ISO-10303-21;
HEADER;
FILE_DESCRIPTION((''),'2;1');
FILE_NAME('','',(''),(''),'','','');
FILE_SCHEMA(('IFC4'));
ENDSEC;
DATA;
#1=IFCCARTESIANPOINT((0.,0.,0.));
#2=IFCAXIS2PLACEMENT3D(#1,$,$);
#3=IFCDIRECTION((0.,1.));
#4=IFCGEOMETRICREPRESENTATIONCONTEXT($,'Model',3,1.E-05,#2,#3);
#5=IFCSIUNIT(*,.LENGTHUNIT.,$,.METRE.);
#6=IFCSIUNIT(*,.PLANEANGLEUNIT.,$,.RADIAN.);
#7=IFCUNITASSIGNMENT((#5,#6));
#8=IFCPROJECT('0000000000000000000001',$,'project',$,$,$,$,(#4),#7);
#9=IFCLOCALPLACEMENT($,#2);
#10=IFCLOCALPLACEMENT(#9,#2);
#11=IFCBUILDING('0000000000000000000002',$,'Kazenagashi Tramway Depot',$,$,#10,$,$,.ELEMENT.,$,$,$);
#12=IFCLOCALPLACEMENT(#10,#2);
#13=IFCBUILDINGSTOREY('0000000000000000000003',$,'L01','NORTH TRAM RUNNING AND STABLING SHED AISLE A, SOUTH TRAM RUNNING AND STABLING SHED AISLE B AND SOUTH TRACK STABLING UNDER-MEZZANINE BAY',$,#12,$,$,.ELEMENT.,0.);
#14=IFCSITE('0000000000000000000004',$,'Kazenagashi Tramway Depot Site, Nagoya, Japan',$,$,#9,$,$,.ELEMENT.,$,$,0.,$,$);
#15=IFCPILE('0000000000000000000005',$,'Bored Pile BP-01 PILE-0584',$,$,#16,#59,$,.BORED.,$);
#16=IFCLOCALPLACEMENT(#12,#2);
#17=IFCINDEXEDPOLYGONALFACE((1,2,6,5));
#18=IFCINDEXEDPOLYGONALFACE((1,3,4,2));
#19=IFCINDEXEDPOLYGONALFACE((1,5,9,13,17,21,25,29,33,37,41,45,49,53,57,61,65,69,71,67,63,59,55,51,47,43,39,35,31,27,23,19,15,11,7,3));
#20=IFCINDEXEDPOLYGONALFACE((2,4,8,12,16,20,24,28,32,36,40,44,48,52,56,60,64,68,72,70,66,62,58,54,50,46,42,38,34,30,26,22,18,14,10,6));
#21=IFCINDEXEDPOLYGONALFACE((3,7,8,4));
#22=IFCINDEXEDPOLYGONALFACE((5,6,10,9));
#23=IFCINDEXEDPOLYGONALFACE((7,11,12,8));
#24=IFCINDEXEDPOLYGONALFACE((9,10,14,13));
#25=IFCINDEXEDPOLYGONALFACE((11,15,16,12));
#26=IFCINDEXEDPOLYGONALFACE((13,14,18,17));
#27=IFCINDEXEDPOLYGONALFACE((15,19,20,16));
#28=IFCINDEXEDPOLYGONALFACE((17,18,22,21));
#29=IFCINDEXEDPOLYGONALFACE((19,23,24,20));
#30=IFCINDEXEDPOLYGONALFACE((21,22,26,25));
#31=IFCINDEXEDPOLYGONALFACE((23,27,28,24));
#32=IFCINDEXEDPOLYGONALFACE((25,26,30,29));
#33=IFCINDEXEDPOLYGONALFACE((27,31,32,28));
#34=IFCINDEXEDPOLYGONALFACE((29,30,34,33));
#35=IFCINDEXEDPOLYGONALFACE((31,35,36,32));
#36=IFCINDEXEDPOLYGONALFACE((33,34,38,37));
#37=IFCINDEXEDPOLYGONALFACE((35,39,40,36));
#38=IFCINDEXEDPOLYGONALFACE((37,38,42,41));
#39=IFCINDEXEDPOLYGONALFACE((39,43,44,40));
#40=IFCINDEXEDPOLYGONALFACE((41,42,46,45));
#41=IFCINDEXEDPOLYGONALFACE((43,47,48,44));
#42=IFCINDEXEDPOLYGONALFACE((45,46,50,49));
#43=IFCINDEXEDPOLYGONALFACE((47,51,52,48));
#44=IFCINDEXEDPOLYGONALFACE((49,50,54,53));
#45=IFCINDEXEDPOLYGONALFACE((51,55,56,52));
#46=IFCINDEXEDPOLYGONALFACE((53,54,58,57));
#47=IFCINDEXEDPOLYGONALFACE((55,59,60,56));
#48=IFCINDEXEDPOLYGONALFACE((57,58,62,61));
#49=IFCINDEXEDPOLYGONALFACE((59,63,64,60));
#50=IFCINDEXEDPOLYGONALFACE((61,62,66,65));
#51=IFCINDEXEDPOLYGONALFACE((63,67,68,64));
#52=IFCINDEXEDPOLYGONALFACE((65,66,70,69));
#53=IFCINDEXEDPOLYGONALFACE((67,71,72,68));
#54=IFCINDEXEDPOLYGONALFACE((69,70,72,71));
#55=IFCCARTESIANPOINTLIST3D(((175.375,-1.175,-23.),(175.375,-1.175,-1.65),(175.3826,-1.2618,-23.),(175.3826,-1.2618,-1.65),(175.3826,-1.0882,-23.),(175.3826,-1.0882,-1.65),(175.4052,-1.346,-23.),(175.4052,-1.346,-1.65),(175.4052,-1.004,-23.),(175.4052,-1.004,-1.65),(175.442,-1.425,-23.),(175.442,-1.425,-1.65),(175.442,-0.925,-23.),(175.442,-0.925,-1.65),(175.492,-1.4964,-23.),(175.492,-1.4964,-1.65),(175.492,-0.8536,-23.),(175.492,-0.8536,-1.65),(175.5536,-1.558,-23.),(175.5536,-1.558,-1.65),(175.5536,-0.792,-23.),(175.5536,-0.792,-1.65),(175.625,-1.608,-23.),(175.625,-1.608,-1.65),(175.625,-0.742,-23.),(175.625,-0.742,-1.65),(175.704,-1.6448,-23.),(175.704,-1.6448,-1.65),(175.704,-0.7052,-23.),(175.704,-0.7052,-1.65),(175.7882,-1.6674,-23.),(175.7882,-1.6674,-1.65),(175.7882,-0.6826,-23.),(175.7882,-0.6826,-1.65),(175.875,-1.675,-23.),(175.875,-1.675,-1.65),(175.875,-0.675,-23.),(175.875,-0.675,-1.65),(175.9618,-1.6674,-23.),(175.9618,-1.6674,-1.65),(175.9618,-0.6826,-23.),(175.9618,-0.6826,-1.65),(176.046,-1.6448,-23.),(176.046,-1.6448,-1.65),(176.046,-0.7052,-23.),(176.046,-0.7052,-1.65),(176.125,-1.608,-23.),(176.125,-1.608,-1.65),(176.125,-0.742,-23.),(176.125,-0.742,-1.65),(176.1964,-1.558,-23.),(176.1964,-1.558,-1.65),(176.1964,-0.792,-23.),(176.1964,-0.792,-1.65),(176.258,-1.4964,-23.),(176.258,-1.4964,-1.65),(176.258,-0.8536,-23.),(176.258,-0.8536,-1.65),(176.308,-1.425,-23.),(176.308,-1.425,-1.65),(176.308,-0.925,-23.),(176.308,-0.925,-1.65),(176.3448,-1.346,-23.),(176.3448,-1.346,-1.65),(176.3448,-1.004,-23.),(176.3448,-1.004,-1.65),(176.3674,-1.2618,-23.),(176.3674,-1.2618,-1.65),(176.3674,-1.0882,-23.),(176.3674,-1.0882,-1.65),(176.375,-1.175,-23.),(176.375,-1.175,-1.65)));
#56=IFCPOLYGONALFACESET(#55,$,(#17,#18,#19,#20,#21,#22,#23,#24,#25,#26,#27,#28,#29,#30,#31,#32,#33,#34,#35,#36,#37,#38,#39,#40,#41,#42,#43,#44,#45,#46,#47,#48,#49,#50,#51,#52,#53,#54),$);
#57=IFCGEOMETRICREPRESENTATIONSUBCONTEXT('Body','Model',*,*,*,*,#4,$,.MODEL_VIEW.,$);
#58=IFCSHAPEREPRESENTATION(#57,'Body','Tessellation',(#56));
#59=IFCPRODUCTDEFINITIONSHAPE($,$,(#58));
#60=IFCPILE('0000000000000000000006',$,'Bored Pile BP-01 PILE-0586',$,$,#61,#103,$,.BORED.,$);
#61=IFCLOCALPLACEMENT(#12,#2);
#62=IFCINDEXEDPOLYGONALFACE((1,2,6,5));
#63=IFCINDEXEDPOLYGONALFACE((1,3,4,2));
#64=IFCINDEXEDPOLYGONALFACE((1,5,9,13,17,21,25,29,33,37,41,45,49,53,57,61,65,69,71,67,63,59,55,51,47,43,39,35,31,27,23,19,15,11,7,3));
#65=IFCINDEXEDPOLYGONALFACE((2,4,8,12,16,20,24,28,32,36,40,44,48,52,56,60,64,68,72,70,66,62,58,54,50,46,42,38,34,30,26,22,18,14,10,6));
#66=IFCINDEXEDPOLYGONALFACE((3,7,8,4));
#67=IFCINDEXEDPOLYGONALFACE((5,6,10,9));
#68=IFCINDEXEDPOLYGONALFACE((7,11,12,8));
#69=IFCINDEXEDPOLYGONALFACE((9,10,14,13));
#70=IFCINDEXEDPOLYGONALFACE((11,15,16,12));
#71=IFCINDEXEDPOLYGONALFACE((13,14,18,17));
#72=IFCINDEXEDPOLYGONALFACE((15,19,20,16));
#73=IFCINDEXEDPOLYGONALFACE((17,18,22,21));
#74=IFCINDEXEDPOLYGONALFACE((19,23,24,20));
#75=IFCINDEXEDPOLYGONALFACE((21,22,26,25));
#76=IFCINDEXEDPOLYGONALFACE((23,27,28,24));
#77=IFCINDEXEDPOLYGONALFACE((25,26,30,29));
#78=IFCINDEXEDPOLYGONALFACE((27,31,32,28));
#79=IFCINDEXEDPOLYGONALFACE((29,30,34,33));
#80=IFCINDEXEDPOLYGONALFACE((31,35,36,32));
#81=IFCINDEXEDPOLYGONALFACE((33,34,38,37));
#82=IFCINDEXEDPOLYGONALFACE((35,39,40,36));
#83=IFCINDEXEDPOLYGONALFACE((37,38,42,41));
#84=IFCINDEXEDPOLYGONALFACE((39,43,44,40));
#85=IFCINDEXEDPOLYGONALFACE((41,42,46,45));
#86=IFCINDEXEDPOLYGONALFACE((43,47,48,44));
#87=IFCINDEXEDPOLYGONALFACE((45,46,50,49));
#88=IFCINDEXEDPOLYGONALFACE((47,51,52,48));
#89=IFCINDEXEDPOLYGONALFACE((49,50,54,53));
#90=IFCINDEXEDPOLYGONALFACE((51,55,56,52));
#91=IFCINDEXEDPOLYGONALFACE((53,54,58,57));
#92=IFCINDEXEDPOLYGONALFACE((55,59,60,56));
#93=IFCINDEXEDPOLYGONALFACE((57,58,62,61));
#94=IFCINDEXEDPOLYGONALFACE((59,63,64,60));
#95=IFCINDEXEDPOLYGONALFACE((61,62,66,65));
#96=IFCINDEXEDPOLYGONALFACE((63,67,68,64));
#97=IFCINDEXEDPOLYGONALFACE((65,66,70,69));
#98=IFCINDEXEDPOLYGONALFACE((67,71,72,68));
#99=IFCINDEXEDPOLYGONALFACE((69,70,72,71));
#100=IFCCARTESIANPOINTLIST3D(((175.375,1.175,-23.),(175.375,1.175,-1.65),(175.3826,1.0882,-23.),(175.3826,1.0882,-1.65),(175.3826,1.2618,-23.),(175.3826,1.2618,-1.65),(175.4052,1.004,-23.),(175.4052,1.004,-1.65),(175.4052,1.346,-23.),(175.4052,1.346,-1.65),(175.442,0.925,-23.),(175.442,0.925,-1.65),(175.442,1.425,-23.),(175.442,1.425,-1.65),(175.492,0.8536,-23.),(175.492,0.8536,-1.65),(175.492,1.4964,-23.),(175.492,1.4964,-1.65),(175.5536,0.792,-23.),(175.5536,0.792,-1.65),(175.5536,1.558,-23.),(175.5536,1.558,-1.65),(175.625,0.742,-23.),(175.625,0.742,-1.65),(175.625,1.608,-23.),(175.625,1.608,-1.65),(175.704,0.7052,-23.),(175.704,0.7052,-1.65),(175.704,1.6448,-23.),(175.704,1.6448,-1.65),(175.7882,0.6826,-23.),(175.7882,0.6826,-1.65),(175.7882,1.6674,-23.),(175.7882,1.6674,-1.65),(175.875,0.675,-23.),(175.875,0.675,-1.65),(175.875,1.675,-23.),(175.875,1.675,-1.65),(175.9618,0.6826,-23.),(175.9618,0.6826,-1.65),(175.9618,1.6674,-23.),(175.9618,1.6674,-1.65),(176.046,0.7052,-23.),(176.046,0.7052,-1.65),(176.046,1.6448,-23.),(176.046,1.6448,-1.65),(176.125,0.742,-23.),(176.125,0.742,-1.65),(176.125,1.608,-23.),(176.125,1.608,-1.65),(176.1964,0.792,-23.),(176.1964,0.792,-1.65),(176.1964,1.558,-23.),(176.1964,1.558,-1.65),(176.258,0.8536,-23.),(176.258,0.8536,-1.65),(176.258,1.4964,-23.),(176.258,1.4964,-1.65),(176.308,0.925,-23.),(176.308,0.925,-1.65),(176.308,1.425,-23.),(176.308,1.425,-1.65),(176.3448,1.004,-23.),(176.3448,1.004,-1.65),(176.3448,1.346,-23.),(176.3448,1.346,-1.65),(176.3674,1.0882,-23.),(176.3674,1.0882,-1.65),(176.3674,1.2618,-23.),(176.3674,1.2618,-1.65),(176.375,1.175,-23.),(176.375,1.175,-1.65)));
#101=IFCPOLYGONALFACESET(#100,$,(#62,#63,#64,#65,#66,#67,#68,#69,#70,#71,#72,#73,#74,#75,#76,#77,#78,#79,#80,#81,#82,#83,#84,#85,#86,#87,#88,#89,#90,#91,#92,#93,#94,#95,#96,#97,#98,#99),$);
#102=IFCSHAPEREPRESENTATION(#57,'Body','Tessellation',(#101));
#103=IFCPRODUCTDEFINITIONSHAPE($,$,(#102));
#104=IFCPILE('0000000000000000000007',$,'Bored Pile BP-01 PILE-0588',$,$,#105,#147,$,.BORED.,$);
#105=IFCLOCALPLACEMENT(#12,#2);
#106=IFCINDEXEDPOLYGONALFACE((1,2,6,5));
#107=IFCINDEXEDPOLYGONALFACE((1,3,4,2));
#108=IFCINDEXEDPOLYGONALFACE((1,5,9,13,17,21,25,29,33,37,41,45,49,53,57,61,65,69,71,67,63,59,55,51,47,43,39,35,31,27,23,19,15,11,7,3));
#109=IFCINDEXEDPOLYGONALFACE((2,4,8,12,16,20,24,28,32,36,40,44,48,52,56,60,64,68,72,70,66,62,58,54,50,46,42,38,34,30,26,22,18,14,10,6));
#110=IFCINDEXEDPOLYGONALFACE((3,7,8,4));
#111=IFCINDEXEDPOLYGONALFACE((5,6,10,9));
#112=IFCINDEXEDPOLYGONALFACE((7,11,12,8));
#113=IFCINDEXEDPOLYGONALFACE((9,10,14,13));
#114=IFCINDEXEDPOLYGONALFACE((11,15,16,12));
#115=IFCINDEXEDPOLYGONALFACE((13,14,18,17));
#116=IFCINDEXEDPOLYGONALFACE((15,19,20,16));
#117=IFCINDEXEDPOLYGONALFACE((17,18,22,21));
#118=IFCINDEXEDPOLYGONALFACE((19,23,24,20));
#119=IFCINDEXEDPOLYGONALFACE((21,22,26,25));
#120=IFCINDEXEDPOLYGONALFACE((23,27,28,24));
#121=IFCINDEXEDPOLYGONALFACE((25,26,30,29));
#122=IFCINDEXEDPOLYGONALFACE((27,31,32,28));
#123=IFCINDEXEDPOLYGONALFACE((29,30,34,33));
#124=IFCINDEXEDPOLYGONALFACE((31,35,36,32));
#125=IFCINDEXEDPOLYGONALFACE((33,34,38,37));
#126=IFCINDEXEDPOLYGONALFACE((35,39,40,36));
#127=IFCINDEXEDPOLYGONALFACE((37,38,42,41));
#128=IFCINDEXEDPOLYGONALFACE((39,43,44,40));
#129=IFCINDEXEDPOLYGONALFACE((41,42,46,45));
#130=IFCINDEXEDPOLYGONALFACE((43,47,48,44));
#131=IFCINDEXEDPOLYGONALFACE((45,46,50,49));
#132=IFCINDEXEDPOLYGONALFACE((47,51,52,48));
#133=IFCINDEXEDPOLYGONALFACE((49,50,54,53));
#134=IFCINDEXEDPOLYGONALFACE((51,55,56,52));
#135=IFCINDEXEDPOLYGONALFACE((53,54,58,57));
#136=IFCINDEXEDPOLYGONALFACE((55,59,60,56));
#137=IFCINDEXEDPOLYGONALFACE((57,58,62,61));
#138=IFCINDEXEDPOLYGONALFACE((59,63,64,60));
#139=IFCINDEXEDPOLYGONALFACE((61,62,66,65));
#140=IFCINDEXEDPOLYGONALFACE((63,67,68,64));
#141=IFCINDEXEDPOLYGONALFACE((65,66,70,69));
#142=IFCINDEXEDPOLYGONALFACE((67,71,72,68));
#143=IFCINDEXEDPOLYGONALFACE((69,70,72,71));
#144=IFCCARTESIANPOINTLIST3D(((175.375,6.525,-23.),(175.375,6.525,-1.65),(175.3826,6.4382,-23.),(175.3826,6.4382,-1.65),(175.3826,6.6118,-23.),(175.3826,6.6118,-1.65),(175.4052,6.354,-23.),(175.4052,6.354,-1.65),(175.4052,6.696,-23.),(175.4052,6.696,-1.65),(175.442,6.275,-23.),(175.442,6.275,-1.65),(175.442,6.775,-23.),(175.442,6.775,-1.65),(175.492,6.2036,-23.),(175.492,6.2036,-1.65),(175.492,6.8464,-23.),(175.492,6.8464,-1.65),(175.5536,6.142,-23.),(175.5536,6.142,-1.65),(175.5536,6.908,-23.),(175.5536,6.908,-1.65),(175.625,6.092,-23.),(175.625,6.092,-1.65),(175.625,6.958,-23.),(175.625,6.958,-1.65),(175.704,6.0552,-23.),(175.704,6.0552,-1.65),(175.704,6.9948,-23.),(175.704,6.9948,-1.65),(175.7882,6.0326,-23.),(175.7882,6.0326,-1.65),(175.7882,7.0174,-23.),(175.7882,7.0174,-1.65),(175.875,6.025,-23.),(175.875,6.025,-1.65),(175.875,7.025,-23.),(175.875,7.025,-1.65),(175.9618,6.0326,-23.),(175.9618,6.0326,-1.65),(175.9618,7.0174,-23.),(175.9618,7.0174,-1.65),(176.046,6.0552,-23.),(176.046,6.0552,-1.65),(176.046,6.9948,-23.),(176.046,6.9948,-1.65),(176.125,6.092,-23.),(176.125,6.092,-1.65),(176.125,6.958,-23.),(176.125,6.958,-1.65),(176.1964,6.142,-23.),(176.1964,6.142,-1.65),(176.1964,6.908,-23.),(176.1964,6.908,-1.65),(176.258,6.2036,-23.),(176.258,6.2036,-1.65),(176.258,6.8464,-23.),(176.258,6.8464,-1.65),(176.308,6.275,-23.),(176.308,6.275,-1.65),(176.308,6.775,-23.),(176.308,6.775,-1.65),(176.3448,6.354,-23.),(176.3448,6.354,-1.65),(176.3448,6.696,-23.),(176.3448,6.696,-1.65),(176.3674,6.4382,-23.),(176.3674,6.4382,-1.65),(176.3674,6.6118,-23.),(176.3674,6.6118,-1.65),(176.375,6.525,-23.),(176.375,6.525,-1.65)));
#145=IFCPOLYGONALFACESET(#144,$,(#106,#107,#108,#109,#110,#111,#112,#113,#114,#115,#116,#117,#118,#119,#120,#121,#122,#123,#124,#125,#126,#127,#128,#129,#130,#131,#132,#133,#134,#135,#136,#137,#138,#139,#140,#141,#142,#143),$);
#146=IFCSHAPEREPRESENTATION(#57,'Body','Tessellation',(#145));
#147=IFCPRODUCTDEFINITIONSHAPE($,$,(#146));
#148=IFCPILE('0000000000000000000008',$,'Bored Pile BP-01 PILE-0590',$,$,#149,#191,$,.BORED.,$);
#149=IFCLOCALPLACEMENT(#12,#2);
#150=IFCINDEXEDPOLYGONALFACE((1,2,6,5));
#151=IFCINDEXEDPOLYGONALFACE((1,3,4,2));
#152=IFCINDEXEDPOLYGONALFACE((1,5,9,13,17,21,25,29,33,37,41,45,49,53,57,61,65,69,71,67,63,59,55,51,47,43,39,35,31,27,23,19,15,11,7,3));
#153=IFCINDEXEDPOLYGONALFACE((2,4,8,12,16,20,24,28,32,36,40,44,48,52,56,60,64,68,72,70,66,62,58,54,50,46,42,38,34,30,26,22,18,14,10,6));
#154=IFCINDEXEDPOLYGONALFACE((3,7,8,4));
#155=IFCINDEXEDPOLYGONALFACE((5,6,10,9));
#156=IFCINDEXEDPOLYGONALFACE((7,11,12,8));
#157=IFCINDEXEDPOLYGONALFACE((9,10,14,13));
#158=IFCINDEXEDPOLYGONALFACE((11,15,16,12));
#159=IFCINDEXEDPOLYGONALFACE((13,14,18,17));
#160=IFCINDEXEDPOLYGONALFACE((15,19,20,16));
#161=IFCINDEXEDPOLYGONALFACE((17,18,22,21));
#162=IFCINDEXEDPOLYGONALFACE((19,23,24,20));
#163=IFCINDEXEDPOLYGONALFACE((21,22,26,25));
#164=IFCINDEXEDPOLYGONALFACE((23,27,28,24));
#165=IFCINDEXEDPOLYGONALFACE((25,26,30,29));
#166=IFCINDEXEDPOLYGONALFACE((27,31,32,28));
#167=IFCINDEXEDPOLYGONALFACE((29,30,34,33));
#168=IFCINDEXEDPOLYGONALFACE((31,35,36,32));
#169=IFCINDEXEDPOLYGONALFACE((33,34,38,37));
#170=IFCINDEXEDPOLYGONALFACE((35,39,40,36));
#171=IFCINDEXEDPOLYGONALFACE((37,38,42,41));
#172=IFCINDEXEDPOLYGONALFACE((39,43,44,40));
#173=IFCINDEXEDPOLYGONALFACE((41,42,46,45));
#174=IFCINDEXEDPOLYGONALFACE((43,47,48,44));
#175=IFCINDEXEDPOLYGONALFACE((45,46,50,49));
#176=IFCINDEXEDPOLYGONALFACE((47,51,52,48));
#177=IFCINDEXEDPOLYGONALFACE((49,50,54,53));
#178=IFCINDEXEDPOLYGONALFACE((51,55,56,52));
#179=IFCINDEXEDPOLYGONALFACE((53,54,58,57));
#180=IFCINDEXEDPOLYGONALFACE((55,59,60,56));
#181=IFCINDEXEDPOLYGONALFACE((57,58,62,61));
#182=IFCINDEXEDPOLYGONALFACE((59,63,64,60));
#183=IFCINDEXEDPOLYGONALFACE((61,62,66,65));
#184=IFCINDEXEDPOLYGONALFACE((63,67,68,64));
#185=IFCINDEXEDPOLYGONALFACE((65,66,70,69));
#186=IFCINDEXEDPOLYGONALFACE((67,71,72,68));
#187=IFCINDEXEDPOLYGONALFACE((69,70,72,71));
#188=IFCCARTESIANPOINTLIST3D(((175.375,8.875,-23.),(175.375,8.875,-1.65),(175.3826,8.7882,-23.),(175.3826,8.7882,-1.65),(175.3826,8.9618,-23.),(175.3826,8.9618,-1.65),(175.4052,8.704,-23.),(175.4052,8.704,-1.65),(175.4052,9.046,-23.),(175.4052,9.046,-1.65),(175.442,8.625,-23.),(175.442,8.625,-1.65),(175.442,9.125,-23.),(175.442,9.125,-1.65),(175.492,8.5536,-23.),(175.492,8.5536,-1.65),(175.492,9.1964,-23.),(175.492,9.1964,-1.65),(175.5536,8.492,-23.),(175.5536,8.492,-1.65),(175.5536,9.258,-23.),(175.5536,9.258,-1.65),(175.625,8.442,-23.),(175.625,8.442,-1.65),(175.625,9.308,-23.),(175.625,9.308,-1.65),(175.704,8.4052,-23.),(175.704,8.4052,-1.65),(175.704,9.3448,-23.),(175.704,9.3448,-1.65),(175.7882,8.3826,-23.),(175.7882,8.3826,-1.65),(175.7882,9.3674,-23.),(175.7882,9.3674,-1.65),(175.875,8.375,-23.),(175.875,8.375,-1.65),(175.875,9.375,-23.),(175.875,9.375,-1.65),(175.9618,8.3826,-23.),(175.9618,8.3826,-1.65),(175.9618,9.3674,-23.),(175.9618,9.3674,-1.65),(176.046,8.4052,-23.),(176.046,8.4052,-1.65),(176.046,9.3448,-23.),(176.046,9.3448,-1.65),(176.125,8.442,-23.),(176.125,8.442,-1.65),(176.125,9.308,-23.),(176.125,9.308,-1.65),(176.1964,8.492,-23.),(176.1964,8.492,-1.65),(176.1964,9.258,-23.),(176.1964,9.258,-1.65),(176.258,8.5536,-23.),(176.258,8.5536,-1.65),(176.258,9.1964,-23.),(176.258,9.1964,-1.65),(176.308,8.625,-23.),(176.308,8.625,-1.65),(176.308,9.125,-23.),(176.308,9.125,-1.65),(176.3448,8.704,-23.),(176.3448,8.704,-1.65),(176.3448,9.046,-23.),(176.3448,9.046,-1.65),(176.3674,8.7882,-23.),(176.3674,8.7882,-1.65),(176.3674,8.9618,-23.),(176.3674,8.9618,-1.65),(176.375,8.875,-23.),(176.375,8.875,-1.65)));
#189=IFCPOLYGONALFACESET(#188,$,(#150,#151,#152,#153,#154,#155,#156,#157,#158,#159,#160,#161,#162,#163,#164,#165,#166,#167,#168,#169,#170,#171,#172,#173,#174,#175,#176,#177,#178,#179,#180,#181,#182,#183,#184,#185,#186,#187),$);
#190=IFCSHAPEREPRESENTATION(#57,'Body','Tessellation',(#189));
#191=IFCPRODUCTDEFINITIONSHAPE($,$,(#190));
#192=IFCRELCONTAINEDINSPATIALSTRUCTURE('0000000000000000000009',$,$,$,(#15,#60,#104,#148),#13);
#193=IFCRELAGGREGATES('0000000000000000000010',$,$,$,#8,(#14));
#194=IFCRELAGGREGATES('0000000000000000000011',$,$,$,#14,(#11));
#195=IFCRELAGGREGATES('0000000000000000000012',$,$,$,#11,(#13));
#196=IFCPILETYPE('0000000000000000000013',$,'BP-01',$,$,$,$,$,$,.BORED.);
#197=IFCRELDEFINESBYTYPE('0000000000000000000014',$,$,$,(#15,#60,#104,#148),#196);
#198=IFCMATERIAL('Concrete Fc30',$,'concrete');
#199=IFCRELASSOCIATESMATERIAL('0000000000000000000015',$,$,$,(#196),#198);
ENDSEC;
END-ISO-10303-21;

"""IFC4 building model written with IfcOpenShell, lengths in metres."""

from ifc_helpers import new_model, si_unit, direction, frame, origin, origin_2d, place, context, subcontext, project, spatial, circle, extrude, material, material_profile, profile_set, type_object, element, save


model = new_model("IFC4")

# Units and contexts
model_context = context("Model", 3, precision=1e-05, world=origin(), true_north=direction((0.0, 1.0)))
body_context = subcontext(model_context, "Body", "Model", "MODEL_VIEW")
ifc_project = project(units=[si_unit("LENGTHUNIT", "METRE"), si_unit("PLANEANGLEUNIT", "RADIAN")], contexts=[model_context])

# Site, building, storey
site_placement = place(None, origin())
site = spatial("IfcSite", under=ifc_project, at=site_placement, Name="Kazenagashi Tramway Depot Site, Nagoya, Japan", CompositionType="ELEMENT", RefElevation=0.0)
building_placement = place(site_placement, origin())
building = spatial("IfcBuilding", under=site, at=building_placement, Name="Kazenagashi Tramway Depot", CompositionType="ELEMENT")
storey_placement = place(building_placement, origin())
storey = spatial("IfcBuildingStorey", under=building, at=storey_placement, Name="L01", Description="NORTH TRAM RUNNING AND STABLING SHED AISLE A, SOUTH TRAM RUNNING AND STABLING SHED AISLE B AND SOUTH TRACK STABLING UNDER-MEZZANINE BAY", CompositionType="ELEMENT", Elevation=0.0)

# Piles
ifc_material_1 = material(Name="Concrete Fc30", Category="concrete")
ifc_material_profile_1 = material_profile(ifc_material_1, circle(Radius=0.5, at=origin_2d()), Name="PILE-1000")
ifc_profile_set_1 = profile_set([ifc_material_profile_1], Name="Concrete Fc30")
pile_type = type_object("IfcPileType", Name="BP-01", PredefinedType="BORED", material=ifc_profile_set_1)
for number, where, z_axis, x_axis, name in (
    (1, (175.875, -1.175, -1.65), (0.0, 0.0, -1.0), (1.0, 0.0, 0.0), "Bored Pile BP-01 PILE-0584"),
    (2, (175.875, 1.175, -1.65), (0.0, 0.0, -1.0), (1.0, 0.0, 0.0), "Bored Pile BP-01 PILE-0586"),
    (3, (175.875, 6.525, -1.65), (0.0, 0.0, -1.0), (1.0, 0.0, 0.0), "Bored Pile BP-01 PILE-0588"),
    (4, (175.875, 8.875, -1.65), (0.0, 0.0, -1.0), (1.0, 0.0, 0.0), "Bored Pile BP-01 PILE-0590"),
):
    element("IfcPile", number, at=place(storey_placement, frame(where, z_axis=z_axis, x_axis=x_axis)), inside=storey, type_object=pile_type, Name=name, PredefinedType="BORED", context=body_context, shape_type="SweptSolid", body=[
        extrude(circle(Radius=0.5, at=origin_2d()), origin(), (0.0, 0.0, 1.0), 21.35),
    ])

save(model, "model.ifc")
